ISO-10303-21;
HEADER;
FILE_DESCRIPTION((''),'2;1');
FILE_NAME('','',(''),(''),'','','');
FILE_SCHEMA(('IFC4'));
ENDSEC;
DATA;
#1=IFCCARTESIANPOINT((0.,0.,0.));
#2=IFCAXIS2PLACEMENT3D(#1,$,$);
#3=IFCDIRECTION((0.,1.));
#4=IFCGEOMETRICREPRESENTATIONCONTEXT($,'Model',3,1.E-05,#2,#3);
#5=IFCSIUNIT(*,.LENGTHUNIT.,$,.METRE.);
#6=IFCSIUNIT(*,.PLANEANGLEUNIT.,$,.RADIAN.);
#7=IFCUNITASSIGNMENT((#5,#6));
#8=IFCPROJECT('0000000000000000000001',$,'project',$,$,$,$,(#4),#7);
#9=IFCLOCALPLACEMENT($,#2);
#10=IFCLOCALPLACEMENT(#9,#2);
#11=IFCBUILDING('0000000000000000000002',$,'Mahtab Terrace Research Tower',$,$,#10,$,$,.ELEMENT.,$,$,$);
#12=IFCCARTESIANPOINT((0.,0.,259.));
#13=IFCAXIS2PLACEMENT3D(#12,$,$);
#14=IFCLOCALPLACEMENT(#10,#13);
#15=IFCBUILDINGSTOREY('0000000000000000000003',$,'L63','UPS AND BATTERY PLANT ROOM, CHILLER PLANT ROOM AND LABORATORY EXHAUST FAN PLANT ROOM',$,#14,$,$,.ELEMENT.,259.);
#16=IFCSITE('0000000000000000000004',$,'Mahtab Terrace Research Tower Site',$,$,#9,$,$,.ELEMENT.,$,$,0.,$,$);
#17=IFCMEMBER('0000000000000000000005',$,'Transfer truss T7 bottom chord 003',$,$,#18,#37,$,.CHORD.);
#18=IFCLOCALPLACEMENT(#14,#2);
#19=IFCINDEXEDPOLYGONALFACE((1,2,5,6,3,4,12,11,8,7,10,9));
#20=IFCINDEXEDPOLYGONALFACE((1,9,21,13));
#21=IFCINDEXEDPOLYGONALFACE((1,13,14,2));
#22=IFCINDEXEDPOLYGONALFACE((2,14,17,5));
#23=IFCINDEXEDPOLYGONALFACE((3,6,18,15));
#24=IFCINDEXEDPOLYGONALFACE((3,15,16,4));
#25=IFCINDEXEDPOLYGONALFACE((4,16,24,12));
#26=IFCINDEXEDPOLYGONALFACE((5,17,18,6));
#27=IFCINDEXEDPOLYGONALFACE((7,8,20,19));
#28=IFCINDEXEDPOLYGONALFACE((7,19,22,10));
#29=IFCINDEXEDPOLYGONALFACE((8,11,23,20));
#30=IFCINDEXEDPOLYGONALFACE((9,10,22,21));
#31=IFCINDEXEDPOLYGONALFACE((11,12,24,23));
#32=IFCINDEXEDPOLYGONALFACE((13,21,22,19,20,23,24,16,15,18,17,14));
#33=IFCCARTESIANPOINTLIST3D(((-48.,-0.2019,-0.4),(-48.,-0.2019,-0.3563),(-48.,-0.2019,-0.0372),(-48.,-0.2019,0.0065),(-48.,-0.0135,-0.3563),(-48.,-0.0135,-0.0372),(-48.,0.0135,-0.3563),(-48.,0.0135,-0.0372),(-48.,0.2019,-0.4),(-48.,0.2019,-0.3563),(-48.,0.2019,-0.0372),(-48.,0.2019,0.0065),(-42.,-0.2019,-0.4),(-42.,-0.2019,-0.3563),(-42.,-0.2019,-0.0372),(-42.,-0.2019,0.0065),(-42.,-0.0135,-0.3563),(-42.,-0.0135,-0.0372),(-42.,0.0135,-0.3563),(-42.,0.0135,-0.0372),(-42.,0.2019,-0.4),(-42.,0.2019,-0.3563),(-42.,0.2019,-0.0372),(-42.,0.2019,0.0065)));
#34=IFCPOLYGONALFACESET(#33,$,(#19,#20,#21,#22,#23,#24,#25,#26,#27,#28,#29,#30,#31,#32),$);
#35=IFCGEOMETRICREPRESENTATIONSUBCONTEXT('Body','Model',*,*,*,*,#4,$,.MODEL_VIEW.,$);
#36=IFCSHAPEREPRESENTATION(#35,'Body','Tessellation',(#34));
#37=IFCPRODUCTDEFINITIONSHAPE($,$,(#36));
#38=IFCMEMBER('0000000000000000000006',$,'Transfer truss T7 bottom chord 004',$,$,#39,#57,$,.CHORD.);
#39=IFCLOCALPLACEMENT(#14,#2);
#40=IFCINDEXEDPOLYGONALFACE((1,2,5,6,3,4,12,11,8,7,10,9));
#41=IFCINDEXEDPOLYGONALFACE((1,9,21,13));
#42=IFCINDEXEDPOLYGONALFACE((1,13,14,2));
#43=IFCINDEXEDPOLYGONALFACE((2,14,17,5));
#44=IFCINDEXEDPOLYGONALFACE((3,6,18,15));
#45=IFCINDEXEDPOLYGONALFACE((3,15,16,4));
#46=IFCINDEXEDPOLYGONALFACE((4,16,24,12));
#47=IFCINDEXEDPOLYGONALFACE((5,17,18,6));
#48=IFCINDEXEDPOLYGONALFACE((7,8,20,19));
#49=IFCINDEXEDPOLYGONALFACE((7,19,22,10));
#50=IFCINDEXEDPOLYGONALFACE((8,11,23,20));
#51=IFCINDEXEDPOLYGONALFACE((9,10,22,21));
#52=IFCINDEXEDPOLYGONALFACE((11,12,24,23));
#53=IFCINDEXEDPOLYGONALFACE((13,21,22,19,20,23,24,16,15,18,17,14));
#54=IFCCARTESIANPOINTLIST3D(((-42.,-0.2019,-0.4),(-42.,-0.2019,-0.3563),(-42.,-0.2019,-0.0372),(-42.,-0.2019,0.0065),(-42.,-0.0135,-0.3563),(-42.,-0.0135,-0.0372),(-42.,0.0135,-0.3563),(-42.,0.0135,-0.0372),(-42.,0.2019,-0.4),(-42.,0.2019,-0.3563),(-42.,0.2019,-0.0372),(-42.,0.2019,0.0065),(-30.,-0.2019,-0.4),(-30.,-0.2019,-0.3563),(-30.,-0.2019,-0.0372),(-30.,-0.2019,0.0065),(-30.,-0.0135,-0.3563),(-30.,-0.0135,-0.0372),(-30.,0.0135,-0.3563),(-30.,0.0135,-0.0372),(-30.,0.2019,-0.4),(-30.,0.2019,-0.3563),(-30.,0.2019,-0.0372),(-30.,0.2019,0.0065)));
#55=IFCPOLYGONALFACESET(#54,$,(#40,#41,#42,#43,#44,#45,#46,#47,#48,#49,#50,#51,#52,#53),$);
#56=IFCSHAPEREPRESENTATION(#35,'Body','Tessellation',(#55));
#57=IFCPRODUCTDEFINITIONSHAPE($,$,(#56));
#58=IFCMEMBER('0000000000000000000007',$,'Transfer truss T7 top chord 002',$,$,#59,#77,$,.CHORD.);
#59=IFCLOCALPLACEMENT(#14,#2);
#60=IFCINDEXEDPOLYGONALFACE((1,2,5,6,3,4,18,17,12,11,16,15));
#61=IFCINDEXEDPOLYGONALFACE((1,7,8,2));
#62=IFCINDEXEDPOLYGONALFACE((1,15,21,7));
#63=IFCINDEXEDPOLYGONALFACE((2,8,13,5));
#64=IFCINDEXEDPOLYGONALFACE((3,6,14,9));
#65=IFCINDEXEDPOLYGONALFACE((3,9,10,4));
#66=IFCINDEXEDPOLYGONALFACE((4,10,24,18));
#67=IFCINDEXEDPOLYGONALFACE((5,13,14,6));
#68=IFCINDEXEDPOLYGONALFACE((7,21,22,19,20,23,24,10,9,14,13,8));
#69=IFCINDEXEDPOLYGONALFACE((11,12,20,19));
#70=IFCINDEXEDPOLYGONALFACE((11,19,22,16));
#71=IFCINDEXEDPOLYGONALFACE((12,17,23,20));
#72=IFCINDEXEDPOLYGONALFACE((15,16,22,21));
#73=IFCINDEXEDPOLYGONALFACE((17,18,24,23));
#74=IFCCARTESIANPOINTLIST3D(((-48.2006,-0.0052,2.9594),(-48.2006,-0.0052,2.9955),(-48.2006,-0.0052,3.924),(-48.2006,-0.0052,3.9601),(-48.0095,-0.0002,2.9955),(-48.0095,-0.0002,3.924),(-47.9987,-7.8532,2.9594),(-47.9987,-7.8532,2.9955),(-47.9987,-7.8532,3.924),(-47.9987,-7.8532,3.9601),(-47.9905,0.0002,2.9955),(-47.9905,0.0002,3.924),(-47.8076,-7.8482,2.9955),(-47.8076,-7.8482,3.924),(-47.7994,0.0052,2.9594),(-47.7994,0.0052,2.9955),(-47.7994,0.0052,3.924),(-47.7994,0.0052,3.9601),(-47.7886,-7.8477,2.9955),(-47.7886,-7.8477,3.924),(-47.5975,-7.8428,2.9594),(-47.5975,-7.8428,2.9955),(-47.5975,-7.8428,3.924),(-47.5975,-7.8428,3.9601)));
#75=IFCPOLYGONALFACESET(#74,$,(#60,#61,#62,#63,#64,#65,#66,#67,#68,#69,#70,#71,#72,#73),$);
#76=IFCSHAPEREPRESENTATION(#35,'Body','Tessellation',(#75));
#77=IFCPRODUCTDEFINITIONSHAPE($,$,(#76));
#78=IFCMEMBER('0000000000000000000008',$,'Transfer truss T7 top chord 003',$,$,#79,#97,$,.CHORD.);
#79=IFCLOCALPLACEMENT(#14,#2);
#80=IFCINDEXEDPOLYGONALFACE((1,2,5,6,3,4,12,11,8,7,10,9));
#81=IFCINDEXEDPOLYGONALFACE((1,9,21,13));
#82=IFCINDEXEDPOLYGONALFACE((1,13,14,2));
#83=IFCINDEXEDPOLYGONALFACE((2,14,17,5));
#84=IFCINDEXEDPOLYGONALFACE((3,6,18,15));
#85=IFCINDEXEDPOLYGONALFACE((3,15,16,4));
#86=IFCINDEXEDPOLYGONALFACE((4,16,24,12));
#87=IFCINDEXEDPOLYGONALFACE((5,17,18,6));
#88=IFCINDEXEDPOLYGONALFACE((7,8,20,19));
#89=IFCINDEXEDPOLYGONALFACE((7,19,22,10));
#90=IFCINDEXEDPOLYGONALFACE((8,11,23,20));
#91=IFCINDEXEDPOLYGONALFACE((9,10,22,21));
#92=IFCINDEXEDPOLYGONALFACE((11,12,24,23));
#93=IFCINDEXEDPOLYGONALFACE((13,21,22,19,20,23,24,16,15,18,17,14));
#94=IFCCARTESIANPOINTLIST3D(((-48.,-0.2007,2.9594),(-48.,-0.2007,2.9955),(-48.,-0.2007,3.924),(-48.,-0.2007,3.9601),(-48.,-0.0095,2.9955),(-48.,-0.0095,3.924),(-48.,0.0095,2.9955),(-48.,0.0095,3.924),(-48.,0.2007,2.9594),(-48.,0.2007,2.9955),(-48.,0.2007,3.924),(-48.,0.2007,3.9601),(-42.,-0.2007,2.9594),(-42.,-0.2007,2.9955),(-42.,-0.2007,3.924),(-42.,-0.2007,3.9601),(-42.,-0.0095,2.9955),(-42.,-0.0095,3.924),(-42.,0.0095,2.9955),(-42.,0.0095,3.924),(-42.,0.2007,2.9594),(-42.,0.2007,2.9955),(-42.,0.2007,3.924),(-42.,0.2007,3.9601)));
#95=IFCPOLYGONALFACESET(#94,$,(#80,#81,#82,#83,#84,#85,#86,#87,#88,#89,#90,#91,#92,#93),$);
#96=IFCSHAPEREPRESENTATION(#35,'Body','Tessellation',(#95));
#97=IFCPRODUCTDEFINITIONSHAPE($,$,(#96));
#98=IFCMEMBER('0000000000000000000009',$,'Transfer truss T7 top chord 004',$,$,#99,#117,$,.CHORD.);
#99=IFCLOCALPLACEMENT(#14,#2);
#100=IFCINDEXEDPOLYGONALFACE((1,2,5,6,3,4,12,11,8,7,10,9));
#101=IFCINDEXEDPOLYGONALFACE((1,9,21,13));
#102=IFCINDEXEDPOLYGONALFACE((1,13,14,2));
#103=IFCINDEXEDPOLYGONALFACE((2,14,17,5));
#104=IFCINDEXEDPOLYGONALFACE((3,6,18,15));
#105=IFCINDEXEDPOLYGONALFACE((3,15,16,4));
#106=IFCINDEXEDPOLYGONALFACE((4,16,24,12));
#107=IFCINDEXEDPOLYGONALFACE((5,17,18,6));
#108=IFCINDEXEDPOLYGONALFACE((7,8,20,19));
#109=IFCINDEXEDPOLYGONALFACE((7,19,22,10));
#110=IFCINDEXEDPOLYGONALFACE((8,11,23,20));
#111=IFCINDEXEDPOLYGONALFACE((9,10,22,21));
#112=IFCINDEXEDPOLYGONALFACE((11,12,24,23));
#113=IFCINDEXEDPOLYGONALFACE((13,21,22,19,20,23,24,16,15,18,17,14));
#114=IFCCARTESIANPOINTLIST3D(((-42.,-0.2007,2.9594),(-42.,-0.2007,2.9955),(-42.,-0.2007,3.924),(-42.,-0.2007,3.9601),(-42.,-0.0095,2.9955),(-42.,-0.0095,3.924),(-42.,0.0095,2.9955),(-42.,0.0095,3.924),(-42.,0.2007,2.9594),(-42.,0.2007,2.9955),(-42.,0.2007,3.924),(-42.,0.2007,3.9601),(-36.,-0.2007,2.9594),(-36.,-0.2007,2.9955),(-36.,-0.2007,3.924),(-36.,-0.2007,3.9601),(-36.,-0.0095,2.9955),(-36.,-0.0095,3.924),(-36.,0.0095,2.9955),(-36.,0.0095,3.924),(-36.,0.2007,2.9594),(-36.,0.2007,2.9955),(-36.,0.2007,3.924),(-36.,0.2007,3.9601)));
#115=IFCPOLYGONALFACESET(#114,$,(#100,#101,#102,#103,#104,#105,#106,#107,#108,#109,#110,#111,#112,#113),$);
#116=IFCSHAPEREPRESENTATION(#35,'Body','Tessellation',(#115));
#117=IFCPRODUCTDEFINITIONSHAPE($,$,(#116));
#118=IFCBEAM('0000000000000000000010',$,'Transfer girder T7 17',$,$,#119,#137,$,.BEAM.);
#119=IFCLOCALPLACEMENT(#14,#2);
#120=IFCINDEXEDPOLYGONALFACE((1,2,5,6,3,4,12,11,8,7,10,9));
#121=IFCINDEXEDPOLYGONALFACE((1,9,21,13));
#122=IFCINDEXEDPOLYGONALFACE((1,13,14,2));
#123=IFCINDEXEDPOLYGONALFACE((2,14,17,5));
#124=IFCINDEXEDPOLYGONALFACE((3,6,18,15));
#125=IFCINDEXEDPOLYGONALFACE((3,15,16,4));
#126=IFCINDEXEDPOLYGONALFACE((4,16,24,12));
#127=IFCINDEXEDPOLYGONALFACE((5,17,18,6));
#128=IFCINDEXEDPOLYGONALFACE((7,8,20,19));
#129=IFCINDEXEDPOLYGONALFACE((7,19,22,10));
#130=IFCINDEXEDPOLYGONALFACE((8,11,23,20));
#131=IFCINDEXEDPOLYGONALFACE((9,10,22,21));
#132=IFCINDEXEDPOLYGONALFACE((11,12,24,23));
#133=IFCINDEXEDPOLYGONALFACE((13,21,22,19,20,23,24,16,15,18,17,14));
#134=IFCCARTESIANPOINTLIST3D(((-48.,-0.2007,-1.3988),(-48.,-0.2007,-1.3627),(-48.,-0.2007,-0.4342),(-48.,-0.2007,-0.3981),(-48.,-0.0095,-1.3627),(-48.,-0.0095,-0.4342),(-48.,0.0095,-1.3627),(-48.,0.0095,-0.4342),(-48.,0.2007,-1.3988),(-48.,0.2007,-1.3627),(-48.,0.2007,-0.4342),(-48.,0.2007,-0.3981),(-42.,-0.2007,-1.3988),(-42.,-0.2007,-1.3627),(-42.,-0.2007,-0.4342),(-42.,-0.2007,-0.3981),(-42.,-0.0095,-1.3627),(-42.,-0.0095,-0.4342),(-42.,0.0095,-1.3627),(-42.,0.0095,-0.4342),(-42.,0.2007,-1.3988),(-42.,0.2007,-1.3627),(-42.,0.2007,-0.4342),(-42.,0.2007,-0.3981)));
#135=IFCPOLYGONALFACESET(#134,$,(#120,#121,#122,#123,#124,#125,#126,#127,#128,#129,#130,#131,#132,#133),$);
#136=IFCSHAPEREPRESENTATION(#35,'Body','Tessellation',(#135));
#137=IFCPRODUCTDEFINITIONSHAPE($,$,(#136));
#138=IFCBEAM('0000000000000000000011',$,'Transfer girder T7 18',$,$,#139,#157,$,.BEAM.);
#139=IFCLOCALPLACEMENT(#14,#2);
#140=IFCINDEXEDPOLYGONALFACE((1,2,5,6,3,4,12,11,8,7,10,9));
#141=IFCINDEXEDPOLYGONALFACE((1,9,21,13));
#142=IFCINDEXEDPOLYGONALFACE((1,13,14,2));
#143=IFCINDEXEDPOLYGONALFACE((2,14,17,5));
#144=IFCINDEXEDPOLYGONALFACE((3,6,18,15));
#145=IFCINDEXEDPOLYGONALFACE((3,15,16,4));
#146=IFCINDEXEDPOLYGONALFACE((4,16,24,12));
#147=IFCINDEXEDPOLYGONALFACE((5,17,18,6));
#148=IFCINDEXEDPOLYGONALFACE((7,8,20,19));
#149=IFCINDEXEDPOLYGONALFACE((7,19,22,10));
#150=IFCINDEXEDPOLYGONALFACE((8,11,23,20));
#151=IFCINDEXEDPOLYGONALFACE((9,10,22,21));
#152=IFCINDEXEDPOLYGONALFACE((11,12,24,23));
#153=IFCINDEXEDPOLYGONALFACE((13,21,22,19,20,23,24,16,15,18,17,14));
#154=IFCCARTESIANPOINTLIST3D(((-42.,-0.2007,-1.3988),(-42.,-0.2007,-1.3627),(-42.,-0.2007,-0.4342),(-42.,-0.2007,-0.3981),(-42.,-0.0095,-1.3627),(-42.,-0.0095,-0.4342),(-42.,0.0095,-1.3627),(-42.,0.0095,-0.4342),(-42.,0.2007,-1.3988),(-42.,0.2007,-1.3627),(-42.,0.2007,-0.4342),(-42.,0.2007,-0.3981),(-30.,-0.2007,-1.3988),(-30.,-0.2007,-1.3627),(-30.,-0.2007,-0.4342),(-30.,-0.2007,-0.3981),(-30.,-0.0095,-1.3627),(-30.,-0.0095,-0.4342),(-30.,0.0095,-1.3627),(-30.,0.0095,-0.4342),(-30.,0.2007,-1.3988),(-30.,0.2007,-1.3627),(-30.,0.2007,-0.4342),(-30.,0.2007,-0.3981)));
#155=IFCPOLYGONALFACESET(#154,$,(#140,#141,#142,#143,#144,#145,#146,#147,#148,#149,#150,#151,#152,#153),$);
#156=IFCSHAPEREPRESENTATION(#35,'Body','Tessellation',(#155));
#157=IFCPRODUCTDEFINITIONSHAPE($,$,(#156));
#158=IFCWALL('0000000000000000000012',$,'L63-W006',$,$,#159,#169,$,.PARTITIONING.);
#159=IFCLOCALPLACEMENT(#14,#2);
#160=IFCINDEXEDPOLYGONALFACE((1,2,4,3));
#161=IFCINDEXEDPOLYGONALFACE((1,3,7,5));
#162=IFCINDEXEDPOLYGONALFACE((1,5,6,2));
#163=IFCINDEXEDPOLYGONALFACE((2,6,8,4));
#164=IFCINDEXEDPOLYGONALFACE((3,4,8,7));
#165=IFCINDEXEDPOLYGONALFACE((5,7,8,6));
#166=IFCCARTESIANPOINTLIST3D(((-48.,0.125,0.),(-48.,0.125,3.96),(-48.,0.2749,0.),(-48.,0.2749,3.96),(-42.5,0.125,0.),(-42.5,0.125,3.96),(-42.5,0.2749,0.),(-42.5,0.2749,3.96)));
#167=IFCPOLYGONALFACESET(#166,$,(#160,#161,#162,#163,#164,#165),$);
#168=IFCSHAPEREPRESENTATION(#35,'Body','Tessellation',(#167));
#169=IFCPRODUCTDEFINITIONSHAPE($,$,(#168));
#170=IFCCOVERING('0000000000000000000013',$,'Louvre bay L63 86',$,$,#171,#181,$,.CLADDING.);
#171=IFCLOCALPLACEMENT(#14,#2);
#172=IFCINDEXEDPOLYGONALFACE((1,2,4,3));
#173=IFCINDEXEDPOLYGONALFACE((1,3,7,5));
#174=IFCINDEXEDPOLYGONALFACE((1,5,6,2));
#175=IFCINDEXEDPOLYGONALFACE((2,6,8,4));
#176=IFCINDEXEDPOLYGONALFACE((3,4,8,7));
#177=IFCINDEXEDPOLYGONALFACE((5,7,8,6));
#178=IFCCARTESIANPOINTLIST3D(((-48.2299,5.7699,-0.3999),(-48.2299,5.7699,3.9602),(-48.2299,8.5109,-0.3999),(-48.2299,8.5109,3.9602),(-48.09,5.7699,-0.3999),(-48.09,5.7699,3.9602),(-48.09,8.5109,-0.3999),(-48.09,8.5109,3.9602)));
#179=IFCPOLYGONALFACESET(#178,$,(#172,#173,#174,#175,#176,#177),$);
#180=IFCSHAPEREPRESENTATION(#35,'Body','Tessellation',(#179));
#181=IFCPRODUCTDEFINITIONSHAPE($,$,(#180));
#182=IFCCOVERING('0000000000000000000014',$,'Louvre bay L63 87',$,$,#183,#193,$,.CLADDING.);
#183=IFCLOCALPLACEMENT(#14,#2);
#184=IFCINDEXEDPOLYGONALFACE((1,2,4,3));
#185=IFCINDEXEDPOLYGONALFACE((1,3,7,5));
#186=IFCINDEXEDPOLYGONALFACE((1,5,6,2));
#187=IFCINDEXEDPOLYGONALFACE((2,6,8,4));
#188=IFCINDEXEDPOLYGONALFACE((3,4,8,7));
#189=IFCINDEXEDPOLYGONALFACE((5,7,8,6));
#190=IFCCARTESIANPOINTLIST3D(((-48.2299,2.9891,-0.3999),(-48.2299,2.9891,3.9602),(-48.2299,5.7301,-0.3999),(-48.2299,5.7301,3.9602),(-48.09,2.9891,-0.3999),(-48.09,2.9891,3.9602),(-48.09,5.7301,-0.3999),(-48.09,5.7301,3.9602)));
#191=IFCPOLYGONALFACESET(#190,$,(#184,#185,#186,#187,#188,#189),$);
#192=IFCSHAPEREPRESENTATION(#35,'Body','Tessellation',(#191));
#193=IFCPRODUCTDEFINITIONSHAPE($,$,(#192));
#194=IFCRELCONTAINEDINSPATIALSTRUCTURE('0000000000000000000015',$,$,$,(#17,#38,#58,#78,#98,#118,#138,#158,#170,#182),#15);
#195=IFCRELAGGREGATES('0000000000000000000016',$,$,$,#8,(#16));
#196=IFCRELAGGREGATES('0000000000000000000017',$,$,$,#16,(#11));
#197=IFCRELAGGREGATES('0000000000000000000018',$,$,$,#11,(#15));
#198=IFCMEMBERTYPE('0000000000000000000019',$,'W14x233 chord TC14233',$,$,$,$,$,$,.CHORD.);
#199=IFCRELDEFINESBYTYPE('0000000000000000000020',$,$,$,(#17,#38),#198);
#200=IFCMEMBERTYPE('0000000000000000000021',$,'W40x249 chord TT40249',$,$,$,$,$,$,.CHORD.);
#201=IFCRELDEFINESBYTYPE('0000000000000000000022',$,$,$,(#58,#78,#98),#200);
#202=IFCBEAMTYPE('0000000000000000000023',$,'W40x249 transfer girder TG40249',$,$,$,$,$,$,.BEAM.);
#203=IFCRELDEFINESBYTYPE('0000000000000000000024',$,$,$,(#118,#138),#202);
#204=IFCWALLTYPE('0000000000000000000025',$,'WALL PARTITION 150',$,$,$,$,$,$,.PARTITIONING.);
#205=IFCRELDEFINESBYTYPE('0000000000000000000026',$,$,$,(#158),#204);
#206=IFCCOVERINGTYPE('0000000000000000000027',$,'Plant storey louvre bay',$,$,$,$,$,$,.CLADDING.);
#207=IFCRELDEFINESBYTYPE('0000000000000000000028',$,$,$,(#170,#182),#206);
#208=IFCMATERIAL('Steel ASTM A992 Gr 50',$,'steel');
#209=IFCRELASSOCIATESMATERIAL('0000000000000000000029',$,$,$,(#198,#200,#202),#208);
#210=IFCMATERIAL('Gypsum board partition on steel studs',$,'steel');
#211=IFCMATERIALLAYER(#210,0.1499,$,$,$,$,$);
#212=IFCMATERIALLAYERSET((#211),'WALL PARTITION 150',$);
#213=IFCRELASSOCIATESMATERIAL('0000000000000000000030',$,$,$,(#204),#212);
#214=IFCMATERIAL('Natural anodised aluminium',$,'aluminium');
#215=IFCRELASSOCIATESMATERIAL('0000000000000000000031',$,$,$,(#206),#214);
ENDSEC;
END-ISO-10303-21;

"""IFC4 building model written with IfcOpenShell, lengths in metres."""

from ifc_helpers import new_model, si_unit, direction, frame, frame_2d, origin, origin_2d, place, context, subcontext, project, spatial, rectangle, i_section, extrude, material, layer, layer_set, material_profile, profile_set, type_object, element, save


model = new_model("IFC4")

# Units and contexts
model_context = context("Model", 3, precision=1e-05, world=origin(), true_north=direction((0.0, 1.0)))
body_context = subcontext(model_context, "Body", "Model", "MODEL_VIEW")
ifc_project = project(units=[si_unit("LENGTHUNIT", "METRE"), si_unit("PLANEANGLEUNIT", "RADIAN")], contexts=[model_context])

# Site, building, storey
site_placement = place(None, origin())
site = spatial("IfcSite", under=ifc_project, at=site_placement, Name="Mahtab Terrace Research Tower Site", CompositionType="ELEMENT", RefElevation=0.0)
building_placement = place(site_placement, origin())
building = spatial("IfcBuilding", under=site, at=building_placement, Name="Mahtab Terrace Research Tower", CompositionType="ELEMENT")
storey_placement = place(building_placement, frame((0.0, 0.0, 259.0)))
storey = spatial("IfcBuildingStorey", under=building, at=storey_placement, Name="L63", Description="UPS AND BATTERY PLANT ROOM, CHILLER PLANT ROOM AND LABORATORY EXHAUST FAN PLANT ROOM", CompositionType="ELEMENT", Elevation=259.0)

# Shared definitions
ifc_material_1 = material(Name="Steel ASTM A992 Gr 50", Category="steel")

# Members
ifc_material_profile_1 = material_profile(ifc_material_1, i_section(OverallWidth=0.4038, OverallDepth=0.4065, WebThickness=0.0271, FlangeThickness=0.0437, at=origin_2d()), Name="W14X233")
ifc_profile_set_1 = profile_set([ifc_material_profile_1], Name="Steel ASTM A992 Gr 50")
member_type_1 = type_object("IfcMemberType", Name="W14x233 chord TC14233", PredefinedType="CHORD", material=ifc_profile_set_1)
member_1_placement = place(storey_placement, frame((-48.0, 0.0, -0.1968), z_axis=(1.0, 0.0, 0.0), x_axis=(0.0, 1.0, 0.0)))
element("IfcMember", 1, at=member_1_placement, inside=storey, type_object=member_type_1, Name="Transfer truss T7 bottom chord 003", PredefinedType="CHORD", context=body_context, shape_type="SweptSolid", body=[
    extrude(i_section(OverallWidth=0.4038, OverallDepth=0.4065, WebThickness=0.0271, FlangeThickness=0.0437, at=origin_2d()), origin(), (0.0, 0.0, 1.0), 6.0),
])
member_2_placement = place(storey_placement, frame((-42.0, 0.0, -0.1968), z_axis=(1.0, 0.0, 0.0), x_axis=(0.0, 1.0, 0.0)))
element("IfcMember", 2, at=member_2_placement, inside=storey, type_object=member_type_1, Name="Transfer truss T7 bottom chord 004", PredefinedType="CHORD", context=body_context, shape_type="SweptSolid", body=[
    extrude(i_section(OverallWidth=0.4038, OverallDepth=0.4065, WebThickness=0.0271, FlangeThickness=0.0437, at=origin_2d()), origin(), (0.0, 0.0, 1.0), 12.0),
])
ifc_material_profile_2 = material_profile(ifc_material_1, i_section(OverallWidth=0.4014, OverallDepth=1.0007, WebThickness=0.019, FlangeThickness=0.0361, at=origin_2d()), Name="W40X249")
ifc_profile_set_2 = profile_set([ifc_material_profile_2], Name="Steel ASTM A992 Gr 50")
member_type_2 = type_object("IfcMemberType", Name="W40x249 chord TT40249", PredefinedType="CHORD", material=ifc_profile_set_2)
member_3_placement = place(storey_placement, frame((-48.0, 0.0, 3.4597), z_axis=(0.025719, -0.999669, 0.0), x_axis=(0.999669, 0.025719, 0.0)))
element("IfcMember", 3, at=member_3_placement, inside=storey, type_object=member_type_2, Name="Transfer truss T7 top chord 002", PredefinedType="CHORD", context=body_context, shape_type="SweptSolid", body=[
    extrude(i_section(OverallWidth=0.4014, OverallDepth=1.0007, WebThickness=0.019, FlangeThickness=0.0361, at=origin_2d()), origin(), (0.0, 0.0, 1.0), 7.8506),
])
for number, where, z_axis, x_axis, name in (
    (4, (-48.0, 0.0, 3.4597), (1.0, 0.0, 0.0), (0.0, 1.0, 0.0), "Transfer truss T7 top chord 003"),
    (5, (-42.0, 0.0, 3.4597), (1.0, 0.0, 0.0), (0.0, 1.0, 0.0), "Transfer truss T7 top chord 004"),
):
    element("IfcMember", number, at=place(storey_placement, frame(where, z_axis=z_axis, x_axis=x_axis)), inside=storey, type_object=member_type_2, Name=name, PredefinedType="CHORD", context=body_context, shape_type="SweptSolid", body=[
        extrude(i_section(OverallWidth=0.4014, OverallDepth=1.0007, WebThickness=0.019, FlangeThickness=0.0361, at=origin_2d()), origin(), (0.0, 0.0, 1.0), 6.0),
    ])

# Beams
ifc_material_profile_3 = material_profile(ifc_material_1, i_section(OverallWidth=0.4014, OverallDepth=1.0007, WebThickness=0.019, FlangeThickness=0.0361, at=origin_2d()), Name="W40X249")
ifc_profile_set_3 = profile_set([ifc_material_profile_3], Name="Steel ASTM A992 Gr 50")
beam_type = type_object("IfcBeamType", Name="W40x249 transfer girder TG40249", PredefinedType="BEAM", material=ifc_profile_set_3)
beam_1_placement = place(storey_placement, frame((-48.0, 0.0, -0.8984), z_axis=(1.0, 0.0, 0.0), x_axis=(0.0, 1.0, 0.0)))
element("IfcBeam", 6, at=beam_1_placement, inside=storey, type_object=beam_type, Name="Transfer girder T7 17", PredefinedType="BEAM", context=body_context, shape_type="SweptSolid", body=[
    extrude(i_section(OverallWidth=0.4014, OverallDepth=1.0007, WebThickness=0.019, FlangeThickness=0.0361, at=origin_2d()), origin(), (0.0, 0.0, 1.0), 6.0),
])
beam_2_placement = place(storey_placement, frame((-42.0, 0.0, -0.8984), z_axis=(1.0, 0.0, 0.0), x_axis=(0.0, 1.0, 0.0)))
element("IfcBeam", 7, at=beam_2_placement, inside=storey, type_object=beam_type, Name="Transfer girder T7 18", PredefinedType="BEAM", context=body_context, shape_type="SweptSolid", body=[
    extrude(i_section(OverallWidth=0.4014, OverallDepth=1.0007, WebThickness=0.019, FlangeThickness=0.0361, at=origin_2d()), origin(), (0.0, 0.0, 1.0), 12.0),
])

# Wall
ifc_material_2 = material(Name="Gypsum board partition on steel studs", Category="steel")
ifc_layer_1 = layer(ifc_material_2, 0.1499)
ifc_layer_set_1 = layer_set([ifc_layer_1], Name="WALL PARTITION 150")
wall_type = type_object("IfcWallType", Name="WALL PARTITION 150", PredefinedType="PARTITIONING", material=ifc_layer_set_1)
wall_placement = place(storey_placement, frame((-48.0, 0.2, 0.0), z_axis=(0.0, 0.0, 1.0), x_axis=(1.0, 0.0, 0.0)))
element("IfcWall", 8, at=wall_placement, inside=storey, type_object=wall_type, Name="L63-W006", PredefinedType="PARTITIONING", context=body_context, shape_type="SweptSolid", body=[
    extrude(rectangle(XDim=5.5, YDim=0.1499, at=frame_2d((2.75, 0.0))), origin(), (0.0, 0.0, 1.0), 3.96),
])

# Coverings
ifc_material_3 = material(Name="Natural anodised aluminium", Category="aluminium")
covering_type = type_object("IfcCoveringType", Name="Plant storey louvre bay", PredefinedType="CLADDING", material=ifc_material_3)
for number, where, z_axis, x_axis, name in (
    (9, (-48.1599, 7.1404, -0.3999), (0.0, 0.0, 1.0), (0.0, -1.0, 0.0), "Louvre bay L63 86"),
    (10, (-48.1599, 4.3596, -0.3999), (0.0, 0.0, 1.0), (0.0, -1.0, 0.0), "Louvre bay L63 87"),
):
    element("IfcCovering", number, at=place(storey_placement, frame(where, z_axis=z_axis, x_axis=x_axis)), inside=storey, type_object=covering_type, Name=name, PredefinedType="CLADDING", context=body_context, shape_type="SweptSolid", body=[
        extrude(rectangle(XDim=2.741, YDim=0.1399, at=origin_2d()), origin(), (0.0, 0.0, 1.0), 4.3601),
    ])

save(model, "model.ifc")
